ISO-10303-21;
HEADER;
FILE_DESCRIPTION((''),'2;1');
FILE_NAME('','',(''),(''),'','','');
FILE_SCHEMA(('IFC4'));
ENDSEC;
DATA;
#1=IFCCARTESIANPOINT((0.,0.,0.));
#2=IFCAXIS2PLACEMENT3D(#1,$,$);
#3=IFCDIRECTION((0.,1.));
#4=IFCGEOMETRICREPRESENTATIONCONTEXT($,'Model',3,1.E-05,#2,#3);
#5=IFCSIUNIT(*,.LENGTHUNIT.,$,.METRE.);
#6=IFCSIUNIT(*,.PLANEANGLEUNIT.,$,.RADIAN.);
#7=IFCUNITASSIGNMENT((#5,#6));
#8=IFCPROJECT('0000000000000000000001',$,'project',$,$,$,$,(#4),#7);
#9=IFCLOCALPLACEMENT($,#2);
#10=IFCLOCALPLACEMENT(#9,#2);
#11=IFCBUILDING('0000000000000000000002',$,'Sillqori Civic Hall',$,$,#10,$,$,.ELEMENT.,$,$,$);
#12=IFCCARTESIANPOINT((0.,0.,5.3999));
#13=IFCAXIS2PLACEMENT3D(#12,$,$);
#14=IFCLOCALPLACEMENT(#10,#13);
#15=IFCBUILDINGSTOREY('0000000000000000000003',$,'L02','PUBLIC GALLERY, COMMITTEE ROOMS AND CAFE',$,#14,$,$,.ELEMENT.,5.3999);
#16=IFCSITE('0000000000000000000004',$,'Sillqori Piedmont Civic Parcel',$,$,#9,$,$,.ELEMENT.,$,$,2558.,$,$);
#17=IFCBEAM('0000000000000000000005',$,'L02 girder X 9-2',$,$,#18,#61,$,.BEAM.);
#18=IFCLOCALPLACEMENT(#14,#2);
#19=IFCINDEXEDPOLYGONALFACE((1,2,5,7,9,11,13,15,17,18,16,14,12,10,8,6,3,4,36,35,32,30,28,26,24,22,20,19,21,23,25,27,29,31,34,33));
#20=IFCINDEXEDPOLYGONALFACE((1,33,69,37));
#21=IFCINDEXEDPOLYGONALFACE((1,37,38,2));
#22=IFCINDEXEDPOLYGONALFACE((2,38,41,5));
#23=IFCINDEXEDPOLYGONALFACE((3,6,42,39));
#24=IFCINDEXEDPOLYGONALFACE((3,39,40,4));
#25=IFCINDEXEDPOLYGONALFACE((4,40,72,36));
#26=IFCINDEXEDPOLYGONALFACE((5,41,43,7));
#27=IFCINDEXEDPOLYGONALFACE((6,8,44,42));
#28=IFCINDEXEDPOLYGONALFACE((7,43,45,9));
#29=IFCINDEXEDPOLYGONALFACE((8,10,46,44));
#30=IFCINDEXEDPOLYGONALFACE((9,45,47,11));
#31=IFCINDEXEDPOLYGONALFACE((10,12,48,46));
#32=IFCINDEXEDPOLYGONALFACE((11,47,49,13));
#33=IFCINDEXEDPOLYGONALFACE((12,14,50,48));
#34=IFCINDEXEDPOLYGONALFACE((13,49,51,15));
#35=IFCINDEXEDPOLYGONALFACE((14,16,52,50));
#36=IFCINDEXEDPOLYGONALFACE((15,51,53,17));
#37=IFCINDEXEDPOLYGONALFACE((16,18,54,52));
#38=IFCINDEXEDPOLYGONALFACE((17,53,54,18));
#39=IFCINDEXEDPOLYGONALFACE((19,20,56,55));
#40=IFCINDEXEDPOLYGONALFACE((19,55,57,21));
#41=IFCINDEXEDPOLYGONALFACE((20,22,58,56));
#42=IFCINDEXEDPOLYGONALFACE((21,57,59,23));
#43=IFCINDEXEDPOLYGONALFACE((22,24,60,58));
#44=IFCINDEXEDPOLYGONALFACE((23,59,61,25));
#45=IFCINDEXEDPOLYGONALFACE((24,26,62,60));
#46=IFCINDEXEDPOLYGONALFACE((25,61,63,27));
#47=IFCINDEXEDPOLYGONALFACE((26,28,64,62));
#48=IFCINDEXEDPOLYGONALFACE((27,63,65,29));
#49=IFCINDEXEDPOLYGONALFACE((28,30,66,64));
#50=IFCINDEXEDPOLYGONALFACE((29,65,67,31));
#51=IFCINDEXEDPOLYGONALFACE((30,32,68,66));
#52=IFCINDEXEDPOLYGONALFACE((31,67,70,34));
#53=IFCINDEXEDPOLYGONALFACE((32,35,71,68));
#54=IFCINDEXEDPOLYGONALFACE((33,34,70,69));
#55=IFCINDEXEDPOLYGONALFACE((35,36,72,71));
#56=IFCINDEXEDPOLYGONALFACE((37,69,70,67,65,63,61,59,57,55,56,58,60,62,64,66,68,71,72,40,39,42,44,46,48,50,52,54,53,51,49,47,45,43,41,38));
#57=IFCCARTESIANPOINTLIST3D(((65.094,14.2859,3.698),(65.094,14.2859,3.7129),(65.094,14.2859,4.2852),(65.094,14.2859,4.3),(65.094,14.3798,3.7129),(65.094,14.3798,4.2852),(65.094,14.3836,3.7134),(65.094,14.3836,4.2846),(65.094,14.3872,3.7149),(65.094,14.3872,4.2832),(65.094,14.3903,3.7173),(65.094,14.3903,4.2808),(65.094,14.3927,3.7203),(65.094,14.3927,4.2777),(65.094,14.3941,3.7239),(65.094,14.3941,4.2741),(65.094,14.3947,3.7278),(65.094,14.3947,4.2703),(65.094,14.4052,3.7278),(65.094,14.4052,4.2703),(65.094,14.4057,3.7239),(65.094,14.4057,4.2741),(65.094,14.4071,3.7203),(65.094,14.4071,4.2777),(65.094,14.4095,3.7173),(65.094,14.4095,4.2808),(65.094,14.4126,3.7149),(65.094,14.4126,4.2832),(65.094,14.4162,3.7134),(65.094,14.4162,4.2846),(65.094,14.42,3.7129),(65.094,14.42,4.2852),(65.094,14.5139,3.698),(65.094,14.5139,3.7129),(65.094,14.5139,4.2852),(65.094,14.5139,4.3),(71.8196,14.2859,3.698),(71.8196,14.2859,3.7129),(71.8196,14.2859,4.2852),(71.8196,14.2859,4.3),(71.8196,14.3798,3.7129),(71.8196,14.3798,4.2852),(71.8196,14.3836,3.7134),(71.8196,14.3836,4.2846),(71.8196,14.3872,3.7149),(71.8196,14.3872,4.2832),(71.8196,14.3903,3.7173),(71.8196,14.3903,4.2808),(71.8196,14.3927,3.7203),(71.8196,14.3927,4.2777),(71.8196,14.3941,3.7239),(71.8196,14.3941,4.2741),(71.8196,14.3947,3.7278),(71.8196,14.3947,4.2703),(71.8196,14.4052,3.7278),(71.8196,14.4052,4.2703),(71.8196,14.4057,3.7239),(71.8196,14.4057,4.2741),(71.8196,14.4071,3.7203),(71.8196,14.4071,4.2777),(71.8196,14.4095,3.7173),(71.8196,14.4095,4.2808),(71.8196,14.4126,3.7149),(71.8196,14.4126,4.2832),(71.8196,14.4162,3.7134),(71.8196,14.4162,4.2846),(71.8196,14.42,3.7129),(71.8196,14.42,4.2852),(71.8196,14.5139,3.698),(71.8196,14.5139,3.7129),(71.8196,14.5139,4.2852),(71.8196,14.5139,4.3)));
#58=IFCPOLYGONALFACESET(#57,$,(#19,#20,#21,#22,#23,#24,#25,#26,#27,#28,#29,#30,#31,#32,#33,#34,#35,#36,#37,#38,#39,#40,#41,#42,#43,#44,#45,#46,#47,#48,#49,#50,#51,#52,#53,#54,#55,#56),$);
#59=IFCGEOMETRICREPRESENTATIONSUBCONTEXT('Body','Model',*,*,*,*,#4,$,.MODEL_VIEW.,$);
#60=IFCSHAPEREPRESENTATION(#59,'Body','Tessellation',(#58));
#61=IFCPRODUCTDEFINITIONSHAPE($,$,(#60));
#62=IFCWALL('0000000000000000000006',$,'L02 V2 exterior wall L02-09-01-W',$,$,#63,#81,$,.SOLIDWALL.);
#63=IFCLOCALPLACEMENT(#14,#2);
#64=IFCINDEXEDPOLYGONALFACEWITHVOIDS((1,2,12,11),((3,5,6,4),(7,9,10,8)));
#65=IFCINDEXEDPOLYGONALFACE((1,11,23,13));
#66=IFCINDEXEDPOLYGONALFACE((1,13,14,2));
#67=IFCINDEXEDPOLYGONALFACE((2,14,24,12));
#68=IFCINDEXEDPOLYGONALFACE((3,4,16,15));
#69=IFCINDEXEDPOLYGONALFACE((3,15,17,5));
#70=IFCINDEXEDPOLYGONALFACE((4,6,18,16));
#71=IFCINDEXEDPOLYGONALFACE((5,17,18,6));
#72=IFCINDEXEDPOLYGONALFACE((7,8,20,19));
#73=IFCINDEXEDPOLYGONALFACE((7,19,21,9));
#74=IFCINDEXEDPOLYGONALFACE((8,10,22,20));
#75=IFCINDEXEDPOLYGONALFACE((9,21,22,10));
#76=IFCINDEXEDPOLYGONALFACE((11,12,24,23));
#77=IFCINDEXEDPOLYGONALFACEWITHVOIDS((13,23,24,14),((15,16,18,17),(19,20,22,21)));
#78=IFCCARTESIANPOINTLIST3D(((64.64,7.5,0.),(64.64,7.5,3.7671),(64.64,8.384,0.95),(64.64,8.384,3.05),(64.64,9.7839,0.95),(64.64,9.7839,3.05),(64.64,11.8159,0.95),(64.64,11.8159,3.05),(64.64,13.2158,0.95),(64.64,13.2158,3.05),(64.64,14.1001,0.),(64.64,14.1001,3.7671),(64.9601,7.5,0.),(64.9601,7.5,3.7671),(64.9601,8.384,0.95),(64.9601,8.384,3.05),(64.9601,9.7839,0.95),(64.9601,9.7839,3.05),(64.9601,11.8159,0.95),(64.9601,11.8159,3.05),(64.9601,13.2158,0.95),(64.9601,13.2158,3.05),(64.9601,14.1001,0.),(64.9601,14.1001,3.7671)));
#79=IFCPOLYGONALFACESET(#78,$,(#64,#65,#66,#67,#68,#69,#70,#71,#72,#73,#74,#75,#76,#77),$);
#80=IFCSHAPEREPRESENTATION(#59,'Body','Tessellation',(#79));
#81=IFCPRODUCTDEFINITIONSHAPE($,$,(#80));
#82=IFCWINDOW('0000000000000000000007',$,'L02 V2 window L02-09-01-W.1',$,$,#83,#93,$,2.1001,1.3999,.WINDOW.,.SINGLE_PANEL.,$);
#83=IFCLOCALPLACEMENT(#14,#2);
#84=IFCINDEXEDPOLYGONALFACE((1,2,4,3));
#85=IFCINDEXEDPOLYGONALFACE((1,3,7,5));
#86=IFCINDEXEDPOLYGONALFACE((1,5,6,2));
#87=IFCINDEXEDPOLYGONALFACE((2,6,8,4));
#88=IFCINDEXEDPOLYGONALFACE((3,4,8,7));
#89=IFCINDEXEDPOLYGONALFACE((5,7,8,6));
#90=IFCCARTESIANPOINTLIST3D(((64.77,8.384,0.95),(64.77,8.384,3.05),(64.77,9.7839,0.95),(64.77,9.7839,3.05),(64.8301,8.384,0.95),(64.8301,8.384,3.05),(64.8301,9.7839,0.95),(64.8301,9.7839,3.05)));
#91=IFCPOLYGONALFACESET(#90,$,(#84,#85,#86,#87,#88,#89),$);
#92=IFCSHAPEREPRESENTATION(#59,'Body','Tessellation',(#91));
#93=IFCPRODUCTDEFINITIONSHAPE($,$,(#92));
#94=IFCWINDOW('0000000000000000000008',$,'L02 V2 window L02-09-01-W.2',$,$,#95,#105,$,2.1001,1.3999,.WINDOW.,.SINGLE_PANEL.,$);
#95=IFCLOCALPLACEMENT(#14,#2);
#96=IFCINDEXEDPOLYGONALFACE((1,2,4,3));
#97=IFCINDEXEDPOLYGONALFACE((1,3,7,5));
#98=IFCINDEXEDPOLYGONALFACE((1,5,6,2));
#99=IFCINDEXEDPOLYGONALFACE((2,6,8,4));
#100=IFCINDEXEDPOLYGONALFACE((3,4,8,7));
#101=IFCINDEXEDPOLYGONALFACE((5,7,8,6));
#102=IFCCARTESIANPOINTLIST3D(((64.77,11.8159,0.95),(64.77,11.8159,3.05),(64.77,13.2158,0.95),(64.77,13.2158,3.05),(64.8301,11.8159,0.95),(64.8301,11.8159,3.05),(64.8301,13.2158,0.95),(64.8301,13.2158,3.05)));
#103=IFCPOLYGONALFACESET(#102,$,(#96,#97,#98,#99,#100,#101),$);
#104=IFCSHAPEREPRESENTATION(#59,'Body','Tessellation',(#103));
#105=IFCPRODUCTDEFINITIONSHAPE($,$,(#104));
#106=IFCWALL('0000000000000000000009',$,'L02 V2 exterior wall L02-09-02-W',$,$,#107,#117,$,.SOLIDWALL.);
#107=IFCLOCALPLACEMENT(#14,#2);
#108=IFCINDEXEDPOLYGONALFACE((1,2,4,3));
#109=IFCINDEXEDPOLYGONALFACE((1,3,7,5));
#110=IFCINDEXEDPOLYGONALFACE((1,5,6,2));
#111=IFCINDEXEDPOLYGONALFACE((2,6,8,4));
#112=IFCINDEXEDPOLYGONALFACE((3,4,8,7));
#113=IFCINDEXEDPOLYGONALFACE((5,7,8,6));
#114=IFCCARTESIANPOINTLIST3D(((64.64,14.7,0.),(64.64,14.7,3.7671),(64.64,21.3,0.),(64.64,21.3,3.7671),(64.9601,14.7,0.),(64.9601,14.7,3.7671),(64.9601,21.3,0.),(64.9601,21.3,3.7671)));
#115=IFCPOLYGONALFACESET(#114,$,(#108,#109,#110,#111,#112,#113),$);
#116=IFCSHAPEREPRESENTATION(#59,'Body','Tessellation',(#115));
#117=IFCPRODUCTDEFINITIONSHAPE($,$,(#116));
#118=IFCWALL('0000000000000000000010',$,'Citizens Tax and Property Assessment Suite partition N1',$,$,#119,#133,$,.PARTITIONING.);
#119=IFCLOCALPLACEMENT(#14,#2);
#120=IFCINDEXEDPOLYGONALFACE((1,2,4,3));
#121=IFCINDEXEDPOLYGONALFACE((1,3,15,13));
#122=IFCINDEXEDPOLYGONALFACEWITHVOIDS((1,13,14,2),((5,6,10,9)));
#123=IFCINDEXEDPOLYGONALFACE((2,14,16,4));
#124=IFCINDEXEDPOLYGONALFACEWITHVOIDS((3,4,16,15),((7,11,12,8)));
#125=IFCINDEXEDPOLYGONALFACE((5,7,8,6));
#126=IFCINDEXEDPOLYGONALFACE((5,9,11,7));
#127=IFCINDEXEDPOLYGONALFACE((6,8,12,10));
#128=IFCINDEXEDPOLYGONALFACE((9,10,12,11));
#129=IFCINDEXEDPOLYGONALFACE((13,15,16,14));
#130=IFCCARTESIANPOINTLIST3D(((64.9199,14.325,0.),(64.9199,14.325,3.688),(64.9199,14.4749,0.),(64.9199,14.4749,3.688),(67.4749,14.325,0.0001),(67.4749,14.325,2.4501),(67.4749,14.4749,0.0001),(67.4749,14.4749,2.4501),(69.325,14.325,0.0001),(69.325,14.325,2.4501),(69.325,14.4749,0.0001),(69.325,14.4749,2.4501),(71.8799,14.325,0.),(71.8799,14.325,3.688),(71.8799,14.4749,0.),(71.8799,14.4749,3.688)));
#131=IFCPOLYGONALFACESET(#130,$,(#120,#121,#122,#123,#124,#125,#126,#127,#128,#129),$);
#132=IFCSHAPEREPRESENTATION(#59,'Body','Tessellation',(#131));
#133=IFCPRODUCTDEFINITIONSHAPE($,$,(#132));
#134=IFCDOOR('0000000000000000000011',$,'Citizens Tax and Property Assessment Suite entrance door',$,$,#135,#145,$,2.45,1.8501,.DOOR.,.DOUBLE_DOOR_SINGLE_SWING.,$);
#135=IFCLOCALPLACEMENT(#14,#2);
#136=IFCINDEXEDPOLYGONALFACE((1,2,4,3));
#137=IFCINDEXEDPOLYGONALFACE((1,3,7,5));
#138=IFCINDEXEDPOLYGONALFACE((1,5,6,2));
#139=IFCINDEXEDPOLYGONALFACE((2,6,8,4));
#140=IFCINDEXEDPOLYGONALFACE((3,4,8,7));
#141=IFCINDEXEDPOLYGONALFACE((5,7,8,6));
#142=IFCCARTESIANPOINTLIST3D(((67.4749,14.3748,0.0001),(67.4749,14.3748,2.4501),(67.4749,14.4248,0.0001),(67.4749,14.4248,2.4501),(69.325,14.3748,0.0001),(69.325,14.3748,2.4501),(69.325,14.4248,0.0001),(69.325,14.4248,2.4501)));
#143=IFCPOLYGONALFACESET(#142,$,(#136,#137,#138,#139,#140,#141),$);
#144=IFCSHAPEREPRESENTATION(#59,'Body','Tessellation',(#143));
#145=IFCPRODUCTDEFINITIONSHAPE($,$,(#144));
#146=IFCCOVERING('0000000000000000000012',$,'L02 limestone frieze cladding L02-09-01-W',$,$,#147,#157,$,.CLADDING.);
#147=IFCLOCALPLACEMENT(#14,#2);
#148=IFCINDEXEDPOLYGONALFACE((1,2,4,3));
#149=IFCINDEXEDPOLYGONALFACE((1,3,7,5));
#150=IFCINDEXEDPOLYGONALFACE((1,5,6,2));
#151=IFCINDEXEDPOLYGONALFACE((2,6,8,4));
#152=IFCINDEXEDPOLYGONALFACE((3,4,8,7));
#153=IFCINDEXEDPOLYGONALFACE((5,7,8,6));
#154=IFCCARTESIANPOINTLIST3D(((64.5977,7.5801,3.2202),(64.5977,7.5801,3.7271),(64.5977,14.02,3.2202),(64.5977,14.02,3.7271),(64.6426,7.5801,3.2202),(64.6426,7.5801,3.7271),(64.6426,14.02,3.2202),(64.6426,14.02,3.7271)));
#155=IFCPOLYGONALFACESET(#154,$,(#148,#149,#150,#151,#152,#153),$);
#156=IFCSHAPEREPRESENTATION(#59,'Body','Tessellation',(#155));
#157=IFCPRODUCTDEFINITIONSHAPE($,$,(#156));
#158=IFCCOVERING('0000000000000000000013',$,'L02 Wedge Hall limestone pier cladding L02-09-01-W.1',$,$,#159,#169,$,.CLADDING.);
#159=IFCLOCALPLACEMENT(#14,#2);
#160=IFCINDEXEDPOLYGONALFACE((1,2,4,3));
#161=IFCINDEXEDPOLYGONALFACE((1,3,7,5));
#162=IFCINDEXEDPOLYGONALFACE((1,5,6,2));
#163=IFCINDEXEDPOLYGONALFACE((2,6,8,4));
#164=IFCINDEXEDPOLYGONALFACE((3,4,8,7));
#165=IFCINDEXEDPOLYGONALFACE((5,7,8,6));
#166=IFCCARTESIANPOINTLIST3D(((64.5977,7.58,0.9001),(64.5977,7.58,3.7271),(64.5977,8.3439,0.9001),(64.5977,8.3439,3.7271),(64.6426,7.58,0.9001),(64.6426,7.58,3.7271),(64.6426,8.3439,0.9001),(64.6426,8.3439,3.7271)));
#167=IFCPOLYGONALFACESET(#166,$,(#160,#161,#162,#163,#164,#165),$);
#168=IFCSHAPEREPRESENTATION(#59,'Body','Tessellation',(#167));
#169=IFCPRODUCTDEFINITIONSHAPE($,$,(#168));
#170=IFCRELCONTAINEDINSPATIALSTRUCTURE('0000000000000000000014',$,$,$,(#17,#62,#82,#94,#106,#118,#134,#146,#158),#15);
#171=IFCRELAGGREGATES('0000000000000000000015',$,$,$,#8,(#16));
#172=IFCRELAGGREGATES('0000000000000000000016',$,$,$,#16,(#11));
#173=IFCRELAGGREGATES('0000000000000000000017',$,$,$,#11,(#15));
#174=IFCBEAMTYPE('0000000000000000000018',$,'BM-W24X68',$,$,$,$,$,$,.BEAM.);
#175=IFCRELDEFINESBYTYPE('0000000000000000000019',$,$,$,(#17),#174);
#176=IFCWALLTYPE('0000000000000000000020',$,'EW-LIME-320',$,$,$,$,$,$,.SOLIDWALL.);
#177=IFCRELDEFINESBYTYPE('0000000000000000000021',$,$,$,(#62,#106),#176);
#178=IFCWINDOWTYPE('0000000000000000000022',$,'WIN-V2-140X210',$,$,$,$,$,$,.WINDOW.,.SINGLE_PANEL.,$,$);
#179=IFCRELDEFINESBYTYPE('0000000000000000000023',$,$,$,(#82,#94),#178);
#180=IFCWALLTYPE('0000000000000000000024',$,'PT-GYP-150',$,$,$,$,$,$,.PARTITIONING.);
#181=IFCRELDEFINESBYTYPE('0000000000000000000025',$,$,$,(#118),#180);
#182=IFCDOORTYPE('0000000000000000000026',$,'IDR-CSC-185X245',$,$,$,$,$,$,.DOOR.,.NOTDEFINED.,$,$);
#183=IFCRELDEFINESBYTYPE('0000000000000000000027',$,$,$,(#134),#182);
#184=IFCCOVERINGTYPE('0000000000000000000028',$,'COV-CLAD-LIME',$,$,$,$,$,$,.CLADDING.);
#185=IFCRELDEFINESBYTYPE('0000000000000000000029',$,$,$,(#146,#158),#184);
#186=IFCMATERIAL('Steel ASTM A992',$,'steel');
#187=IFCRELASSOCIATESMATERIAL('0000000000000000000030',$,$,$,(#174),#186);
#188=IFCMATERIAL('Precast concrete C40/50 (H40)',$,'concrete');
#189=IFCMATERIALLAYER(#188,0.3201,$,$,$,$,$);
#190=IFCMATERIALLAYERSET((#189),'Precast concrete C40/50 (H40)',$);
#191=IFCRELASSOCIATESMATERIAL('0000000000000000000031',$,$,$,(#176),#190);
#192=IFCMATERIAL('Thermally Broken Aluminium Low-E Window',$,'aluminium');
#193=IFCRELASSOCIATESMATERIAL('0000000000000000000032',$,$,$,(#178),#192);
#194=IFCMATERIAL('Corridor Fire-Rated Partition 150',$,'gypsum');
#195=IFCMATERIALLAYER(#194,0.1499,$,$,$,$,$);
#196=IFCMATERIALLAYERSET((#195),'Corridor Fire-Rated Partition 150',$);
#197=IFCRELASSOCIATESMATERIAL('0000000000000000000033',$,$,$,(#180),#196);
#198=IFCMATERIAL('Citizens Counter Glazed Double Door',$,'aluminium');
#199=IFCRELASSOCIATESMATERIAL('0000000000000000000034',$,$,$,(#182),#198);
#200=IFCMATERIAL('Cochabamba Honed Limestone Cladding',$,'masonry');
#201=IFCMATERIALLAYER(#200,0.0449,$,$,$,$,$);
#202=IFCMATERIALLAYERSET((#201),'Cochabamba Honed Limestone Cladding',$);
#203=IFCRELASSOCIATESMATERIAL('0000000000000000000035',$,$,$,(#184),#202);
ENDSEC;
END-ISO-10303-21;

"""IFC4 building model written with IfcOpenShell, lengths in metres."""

from ifc_helpers import new_model, si_unit, direction, frame, frame_2d, origin, origin_2d, place, context, subcontext, project, spatial, rectangle, i_section, extrude, material, layer, layer_set, material_profile, profile_set, type_object, element, fill, save


model = new_model("IFC4")

# Units and contexts
model_context = context("Model", 3, precision=1e-05, world=origin(), true_north=direction((0.0, 1.0)))
body_context = subcontext(model_context, "Body", "Model", "MODEL_VIEW")
ifc_project = project(units=[si_unit("LENGTHUNIT", "METRE"), si_unit("PLANEANGLEUNIT", "RADIAN")], contexts=[model_context])

# Site, building, storey
site_placement = place(None, origin())
site = spatial("IfcSite", under=ifc_project, at=site_placement, Name="Sillqori Piedmont Civic Parcel", CompositionType="ELEMENT", RefElevation=2558.0)
building_placement = place(site_placement, origin())
building = spatial("IfcBuilding", under=site, at=building_placement, Name="Sillqori Civic Hall", CompositionType="ELEMENT")
storey_placement = place(building_placement, frame((0.0, 0.0, 5.3999)))
storey = spatial("IfcBuildingStorey", under=building, at=storey_placement, Name="L02", Description="PUBLIC GALLERY, COMMITTEE ROOMS AND CAFE", CompositionType="ELEMENT", Elevation=5.3999)

# Beam
ifc_material_1 = material(Name="Steel ASTM A992", Category="steel")
ifc_material_profile_1 = material_profile(ifc_material_1, i_section(OverallWidth=0.228, OverallDepth=0.6021, WebThickness=0.0105, FlangeThickness=0.0149, FilletRadius=0.0149, at=origin_2d()), Name="W24X68")
ifc_profile_set_1 = profile_set([ifc_material_profile_1], Name="Steel ASTM A992")
beam_type_1 = type_object("IfcBeamType", Name="BM-W24X68", PredefinedType="BEAM", material=ifc_profile_set_1)
beam_1_placement = place(storey_placement, frame((65.094, 14.3999, 3.999), z_axis=(1.0, 0.0, 0.0), x_axis=(0.0, 1.0, 0.0)))
element("IfcBeam", 1, at=beam_1_placement, inside=storey, type_object=beam_type_1, Name="L02 girder X 9-2", PredefinedType="BEAM", context=body_context, shape_type="SweptSolid", body=[
    extrude(i_section(OverallWidth=0.228, OverallDepth=0.6021, WebThickness=0.0105, FlangeThickness=0.0149, FilletRadius=0.0149, at=origin_2d()), origin(), (0.0, 0.0, 1.0), 6.7256),
])

# Wall, openings, windows
ifc_material_2 = material(Name="Precast concrete C40/50 (H40)", Category="concrete")
ifc_layer_1 = layer(ifc_material_2, 0.3201)
ifc_layer_set_1 = layer_set([ifc_layer_1], Name="Precast concrete C40/50 (H40)")
wall_type_1 = type_object("IfcWallType", Name="EW-LIME-320", PredefinedType="SOLIDWALL", material=ifc_layer_set_1)
wall_1_placement = place(storey_placement, frame((64.8, 7.5, 0.0), z_axis=(0.0, 0.0, 1.0), x_axis=(0.0, 1.0, 0.0)))
wall_1 = element("IfcWall", 2, at=wall_1_placement, inside=storey, type_object=wall_type_1, Name="L02 V2 exterior wall L02-09-01-W", PredefinedType="SOLIDWALL", context=body_context, shape_type="SweptSolid", body=[
    extrude(rectangle(XDim=6.6001, YDim=0.3201, at=frame_2d((3.3, 0.0))), origin(), (0.0, 0.0, 1.0), 3.7671),
])
opening_1_placement = place(wall_1_placement, frame((0.884, 0.0, 0.95)))
opening_1 = element("IfcOpeningElement", 3, at=opening_1_placement, cuts=wall_1, PredefinedType="OPENING", context=body_context, shape_type="SweptSolid", body=[
    extrude(rectangle(XDim=1.3999, YDim=2.1001, at=frame_2d((0.7, 1.05))), frame((0.0, 0.1699, 0.0), z_axis=(0.0, -1.0, 0.0), x_axis=(1.0, 0.0, 0.0)), (0.0, 0.0, 1.0), 0.3401),
])
opening_2_placement = place(wall_1_placement, frame((4.3159, 0.0, 0.95)))
opening_2 = element("IfcOpeningElement", 4, at=opening_2_placement, cuts=wall_1, PredefinedType="OPENING", context=body_context, shape_type="SweptSolid", body=[
    extrude(rectangle(XDim=1.3999, YDim=2.1001, at=frame_2d((0.7, 1.05))), frame((0.0, 0.1699, 0.0), z_axis=(0.0, -1.0, 0.0), x_axis=(1.0, 0.0, 0.0)), (0.0, 0.0, 1.0), 0.3401),
])
ifc_material_3 = material(Name="Thermally Broken Aluminium Low-E Window", Category="aluminium")
window_type = type_object("IfcWindowType", Name="WIN-V2-140X210", PartitioningType="SINGLE_PANEL", PredefinedType="WINDOW", material=ifc_material_3)
window_1_placement = place(opening_1_placement, origin())
window_1 = element("IfcWindow", 5, at=window_1_placement, inside=storey, type_object=window_type, Name="L02 V2 window L02-09-01-W.1", OverallHeight=2.1001, OverallWidth=1.3999, PartitioningType="SINGLE_PANEL", PredefinedType="WINDOW", context=body_context, shape_type="SweptSolid", body=[
    extrude(rectangle(XDim=1.3999, YDim=2.1001, at=frame_2d((0.7, 1.05))), frame((0.0, 0.03, 0.0), z_axis=(0.0, -1.0, 0.0), x_axis=(1.0, 0.0, 0.0)), (0.0, 0.0, 1.0), 0.0601),
])
fill(opening_1, window_1)
window_2_placement = place(opening_2_placement, origin())
window_2 = element("IfcWindow", 6, at=window_2_placement, inside=storey, type_object=window_type, Name="L02 V2 window L02-09-01-W.2", OverallHeight=2.1001, OverallWidth=1.3999, PartitioningType="SINGLE_PANEL", PredefinedType="WINDOW", context=body_context, shape_type="SweptSolid", body=[
    extrude(rectangle(XDim=1.3999, YDim=2.1001, at=frame_2d((0.7, 1.05))), frame((0.0, 0.03, 0.0), z_axis=(0.0, -1.0, 0.0), x_axis=(1.0, 0.0, 0.0)), (0.0, 0.0, 1.0), 0.0601),
])
fill(opening_2, window_2)

# Wall
wall_2_placement = place(storey_placement, frame((64.8, 14.7, 0.0), z_axis=(0.0, 0.0, 1.0), x_axis=(0.0, 1.0, 0.0)))
element("IfcWall", 7, at=wall_2_placement, inside=storey, type_object=wall_type_1, Name="L02 V2 exterior wall L02-09-02-W", PredefinedType="SOLIDWALL", context=body_context, shape_type="SweptSolid", body=[
    extrude(rectangle(XDim=6.6001, YDim=0.3201, at=frame_2d((3.3, 0.0))), origin(), (0.0, 0.0, 1.0), 3.7671),
])

# Wall, opening, door
ifc_material_4 = material(Name="Corridor Fire-Rated Partition 150", Category="gypsum")
ifc_layer_2 = layer(ifc_material_4, 0.1499)
ifc_layer_set_2 = layer_set([ifc_layer_2], Name="Corridor Fire-Rated Partition 150")
wall_type_2 = type_object("IfcWallType", Name="PT-GYP-150", PredefinedType="PARTITIONING", material=ifc_layer_set_2)
wall_3_placement = place(storey_placement, frame((64.9199, 14.3999, 0.0), z_axis=(0.0, 0.0, 1.0), x_axis=(1.0, 0.0, 0.0)))
wall_3 = element("IfcWall", 8, at=wall_3_placement, inside=storey, type_object=wall_type_2, Name="Citizens Tax and Property Assessment Suite partition N1", PredefinedType="PARTITIONING", context=body_context, shape_type="SweptSolid", body=[
    extrude(rectangle(XDim=6.96, YDim=0.1499, at=frame_2d((3.48, 0.0))), origin(), (0.0, 0.0, 1.0), 3.688),
])
opening_3_placement = place(wall_3_placement, frame((2.5549, 0.0, 0.0)))
opening_3 = element("IfcOpeningElement", 9, at=opening_3_placement, cuts=wall_3, PredefinedType="OPENING", context=body_context, shape_type="SweptSolid", body=[
    extrude(rectangle(XDim=1.8501, YDim=2.45, at=frame_2d((0.925, 1.2251))), frame((0.0, 0.085, 0.0), z_axis=(0.0, -1.0, 0.0), x_axis=(1.0, 0.0, 0.0)), (0.0, 0.0, 1.0), 0.1699),
])
ifc_material_5 = material(Name="Citizens Counter Glazed Double Door", Category="aluminium")
door_type = type_object("IfcDoorType", Name="IDR-CSC-185X245", OperationType="NOTDEFINED", PredefinedType="DOOR", material=ifc_material_5)
door_placement = place(opening_3_placement, origin())
door = element("IfcDoor", 10, at=door_placement, inside=storey, type_object=door_type, Name="Citizens Tax and Property Assessment Suite entrance door", OperationType="DOUBLE_DOOR_SINGLE_SWING", OverallHeight=2.45, OverallWidth=1.8501, PredefinedType="DOOR", context=body_context, shape_type="SweptSolid", body=[
    extrude(rectangle(XDim=1.8501, YDim=2.45, at=frame_2d((0.925, 1.2251))), frame((0.0, 0.0249, 0.0), z_axis=(0.0, -1.0, 0.0), x_axis=(1.0, 0.0, 0.0)), (0.0, 0.0, 1.0), 0.05),
])
fill(opening_3, door)

# Coverings
ifc_material_6 = material(Name="Cochabamba Honed Limestone Cladding", Category="masonry")
ifc_layer_3 = layer(ifc_material_6, 0.0449)
ifc_layer_set_3 = layer_set([ifc_layer_3], Name="Cochabamba Honed Limestone Cladding")
covering_type = type_object("IfcCoveringType", Name="COV-CLAD-LIME", PredefinedType="CLADDING", material=ifc_layer_set_3)
covering_1_placement = place(storey_placement, frame((64.6201, 7.5801, 3.2202), z_axis=(0.0, 0.0, 1.0), x_axis=(0.0, 1.0, 0.0)))
element("IfcCovering", 11, at=covering_1_placement, inside=storey, type_object=covering_type, Name="L02 limestone frieze cladding L02-09-01-W", PredefinedType="CLADDING", context=body_context, shape_type="SweptSolid", body=[
    extrude(rectangle(XDim=6.4399, YDim=0.0449, at=frame_2d((3.22, 0.0))), origin(), (0.0, 0.0, 1.0), 0.5068),
])
covering_2_placement = place(storey_placement, frame((64.6201, 7.5801, 0.9001), z_axis=(0.0, 0.0, 1.0), x_axis=(0.0, 1.0, 0.0)))
element("IfcCovering", 12, at=covering_2_placement, inside=storey, type_object=covering_type, Name="L02 Wedge Hall limestone pier cladding L02-09-01-W.1", PredefinedType="CLADDING", context=body_context, shape_type="SweptSolid", body=[
    extrude(rectangle(XDim=0.7639, YDim=0.0449, at=frame_2d((0.3818, 0.0))), origin(), (0.0, 0.0, 1.0), 2.8269),
])

save(model, "model.ifc")
